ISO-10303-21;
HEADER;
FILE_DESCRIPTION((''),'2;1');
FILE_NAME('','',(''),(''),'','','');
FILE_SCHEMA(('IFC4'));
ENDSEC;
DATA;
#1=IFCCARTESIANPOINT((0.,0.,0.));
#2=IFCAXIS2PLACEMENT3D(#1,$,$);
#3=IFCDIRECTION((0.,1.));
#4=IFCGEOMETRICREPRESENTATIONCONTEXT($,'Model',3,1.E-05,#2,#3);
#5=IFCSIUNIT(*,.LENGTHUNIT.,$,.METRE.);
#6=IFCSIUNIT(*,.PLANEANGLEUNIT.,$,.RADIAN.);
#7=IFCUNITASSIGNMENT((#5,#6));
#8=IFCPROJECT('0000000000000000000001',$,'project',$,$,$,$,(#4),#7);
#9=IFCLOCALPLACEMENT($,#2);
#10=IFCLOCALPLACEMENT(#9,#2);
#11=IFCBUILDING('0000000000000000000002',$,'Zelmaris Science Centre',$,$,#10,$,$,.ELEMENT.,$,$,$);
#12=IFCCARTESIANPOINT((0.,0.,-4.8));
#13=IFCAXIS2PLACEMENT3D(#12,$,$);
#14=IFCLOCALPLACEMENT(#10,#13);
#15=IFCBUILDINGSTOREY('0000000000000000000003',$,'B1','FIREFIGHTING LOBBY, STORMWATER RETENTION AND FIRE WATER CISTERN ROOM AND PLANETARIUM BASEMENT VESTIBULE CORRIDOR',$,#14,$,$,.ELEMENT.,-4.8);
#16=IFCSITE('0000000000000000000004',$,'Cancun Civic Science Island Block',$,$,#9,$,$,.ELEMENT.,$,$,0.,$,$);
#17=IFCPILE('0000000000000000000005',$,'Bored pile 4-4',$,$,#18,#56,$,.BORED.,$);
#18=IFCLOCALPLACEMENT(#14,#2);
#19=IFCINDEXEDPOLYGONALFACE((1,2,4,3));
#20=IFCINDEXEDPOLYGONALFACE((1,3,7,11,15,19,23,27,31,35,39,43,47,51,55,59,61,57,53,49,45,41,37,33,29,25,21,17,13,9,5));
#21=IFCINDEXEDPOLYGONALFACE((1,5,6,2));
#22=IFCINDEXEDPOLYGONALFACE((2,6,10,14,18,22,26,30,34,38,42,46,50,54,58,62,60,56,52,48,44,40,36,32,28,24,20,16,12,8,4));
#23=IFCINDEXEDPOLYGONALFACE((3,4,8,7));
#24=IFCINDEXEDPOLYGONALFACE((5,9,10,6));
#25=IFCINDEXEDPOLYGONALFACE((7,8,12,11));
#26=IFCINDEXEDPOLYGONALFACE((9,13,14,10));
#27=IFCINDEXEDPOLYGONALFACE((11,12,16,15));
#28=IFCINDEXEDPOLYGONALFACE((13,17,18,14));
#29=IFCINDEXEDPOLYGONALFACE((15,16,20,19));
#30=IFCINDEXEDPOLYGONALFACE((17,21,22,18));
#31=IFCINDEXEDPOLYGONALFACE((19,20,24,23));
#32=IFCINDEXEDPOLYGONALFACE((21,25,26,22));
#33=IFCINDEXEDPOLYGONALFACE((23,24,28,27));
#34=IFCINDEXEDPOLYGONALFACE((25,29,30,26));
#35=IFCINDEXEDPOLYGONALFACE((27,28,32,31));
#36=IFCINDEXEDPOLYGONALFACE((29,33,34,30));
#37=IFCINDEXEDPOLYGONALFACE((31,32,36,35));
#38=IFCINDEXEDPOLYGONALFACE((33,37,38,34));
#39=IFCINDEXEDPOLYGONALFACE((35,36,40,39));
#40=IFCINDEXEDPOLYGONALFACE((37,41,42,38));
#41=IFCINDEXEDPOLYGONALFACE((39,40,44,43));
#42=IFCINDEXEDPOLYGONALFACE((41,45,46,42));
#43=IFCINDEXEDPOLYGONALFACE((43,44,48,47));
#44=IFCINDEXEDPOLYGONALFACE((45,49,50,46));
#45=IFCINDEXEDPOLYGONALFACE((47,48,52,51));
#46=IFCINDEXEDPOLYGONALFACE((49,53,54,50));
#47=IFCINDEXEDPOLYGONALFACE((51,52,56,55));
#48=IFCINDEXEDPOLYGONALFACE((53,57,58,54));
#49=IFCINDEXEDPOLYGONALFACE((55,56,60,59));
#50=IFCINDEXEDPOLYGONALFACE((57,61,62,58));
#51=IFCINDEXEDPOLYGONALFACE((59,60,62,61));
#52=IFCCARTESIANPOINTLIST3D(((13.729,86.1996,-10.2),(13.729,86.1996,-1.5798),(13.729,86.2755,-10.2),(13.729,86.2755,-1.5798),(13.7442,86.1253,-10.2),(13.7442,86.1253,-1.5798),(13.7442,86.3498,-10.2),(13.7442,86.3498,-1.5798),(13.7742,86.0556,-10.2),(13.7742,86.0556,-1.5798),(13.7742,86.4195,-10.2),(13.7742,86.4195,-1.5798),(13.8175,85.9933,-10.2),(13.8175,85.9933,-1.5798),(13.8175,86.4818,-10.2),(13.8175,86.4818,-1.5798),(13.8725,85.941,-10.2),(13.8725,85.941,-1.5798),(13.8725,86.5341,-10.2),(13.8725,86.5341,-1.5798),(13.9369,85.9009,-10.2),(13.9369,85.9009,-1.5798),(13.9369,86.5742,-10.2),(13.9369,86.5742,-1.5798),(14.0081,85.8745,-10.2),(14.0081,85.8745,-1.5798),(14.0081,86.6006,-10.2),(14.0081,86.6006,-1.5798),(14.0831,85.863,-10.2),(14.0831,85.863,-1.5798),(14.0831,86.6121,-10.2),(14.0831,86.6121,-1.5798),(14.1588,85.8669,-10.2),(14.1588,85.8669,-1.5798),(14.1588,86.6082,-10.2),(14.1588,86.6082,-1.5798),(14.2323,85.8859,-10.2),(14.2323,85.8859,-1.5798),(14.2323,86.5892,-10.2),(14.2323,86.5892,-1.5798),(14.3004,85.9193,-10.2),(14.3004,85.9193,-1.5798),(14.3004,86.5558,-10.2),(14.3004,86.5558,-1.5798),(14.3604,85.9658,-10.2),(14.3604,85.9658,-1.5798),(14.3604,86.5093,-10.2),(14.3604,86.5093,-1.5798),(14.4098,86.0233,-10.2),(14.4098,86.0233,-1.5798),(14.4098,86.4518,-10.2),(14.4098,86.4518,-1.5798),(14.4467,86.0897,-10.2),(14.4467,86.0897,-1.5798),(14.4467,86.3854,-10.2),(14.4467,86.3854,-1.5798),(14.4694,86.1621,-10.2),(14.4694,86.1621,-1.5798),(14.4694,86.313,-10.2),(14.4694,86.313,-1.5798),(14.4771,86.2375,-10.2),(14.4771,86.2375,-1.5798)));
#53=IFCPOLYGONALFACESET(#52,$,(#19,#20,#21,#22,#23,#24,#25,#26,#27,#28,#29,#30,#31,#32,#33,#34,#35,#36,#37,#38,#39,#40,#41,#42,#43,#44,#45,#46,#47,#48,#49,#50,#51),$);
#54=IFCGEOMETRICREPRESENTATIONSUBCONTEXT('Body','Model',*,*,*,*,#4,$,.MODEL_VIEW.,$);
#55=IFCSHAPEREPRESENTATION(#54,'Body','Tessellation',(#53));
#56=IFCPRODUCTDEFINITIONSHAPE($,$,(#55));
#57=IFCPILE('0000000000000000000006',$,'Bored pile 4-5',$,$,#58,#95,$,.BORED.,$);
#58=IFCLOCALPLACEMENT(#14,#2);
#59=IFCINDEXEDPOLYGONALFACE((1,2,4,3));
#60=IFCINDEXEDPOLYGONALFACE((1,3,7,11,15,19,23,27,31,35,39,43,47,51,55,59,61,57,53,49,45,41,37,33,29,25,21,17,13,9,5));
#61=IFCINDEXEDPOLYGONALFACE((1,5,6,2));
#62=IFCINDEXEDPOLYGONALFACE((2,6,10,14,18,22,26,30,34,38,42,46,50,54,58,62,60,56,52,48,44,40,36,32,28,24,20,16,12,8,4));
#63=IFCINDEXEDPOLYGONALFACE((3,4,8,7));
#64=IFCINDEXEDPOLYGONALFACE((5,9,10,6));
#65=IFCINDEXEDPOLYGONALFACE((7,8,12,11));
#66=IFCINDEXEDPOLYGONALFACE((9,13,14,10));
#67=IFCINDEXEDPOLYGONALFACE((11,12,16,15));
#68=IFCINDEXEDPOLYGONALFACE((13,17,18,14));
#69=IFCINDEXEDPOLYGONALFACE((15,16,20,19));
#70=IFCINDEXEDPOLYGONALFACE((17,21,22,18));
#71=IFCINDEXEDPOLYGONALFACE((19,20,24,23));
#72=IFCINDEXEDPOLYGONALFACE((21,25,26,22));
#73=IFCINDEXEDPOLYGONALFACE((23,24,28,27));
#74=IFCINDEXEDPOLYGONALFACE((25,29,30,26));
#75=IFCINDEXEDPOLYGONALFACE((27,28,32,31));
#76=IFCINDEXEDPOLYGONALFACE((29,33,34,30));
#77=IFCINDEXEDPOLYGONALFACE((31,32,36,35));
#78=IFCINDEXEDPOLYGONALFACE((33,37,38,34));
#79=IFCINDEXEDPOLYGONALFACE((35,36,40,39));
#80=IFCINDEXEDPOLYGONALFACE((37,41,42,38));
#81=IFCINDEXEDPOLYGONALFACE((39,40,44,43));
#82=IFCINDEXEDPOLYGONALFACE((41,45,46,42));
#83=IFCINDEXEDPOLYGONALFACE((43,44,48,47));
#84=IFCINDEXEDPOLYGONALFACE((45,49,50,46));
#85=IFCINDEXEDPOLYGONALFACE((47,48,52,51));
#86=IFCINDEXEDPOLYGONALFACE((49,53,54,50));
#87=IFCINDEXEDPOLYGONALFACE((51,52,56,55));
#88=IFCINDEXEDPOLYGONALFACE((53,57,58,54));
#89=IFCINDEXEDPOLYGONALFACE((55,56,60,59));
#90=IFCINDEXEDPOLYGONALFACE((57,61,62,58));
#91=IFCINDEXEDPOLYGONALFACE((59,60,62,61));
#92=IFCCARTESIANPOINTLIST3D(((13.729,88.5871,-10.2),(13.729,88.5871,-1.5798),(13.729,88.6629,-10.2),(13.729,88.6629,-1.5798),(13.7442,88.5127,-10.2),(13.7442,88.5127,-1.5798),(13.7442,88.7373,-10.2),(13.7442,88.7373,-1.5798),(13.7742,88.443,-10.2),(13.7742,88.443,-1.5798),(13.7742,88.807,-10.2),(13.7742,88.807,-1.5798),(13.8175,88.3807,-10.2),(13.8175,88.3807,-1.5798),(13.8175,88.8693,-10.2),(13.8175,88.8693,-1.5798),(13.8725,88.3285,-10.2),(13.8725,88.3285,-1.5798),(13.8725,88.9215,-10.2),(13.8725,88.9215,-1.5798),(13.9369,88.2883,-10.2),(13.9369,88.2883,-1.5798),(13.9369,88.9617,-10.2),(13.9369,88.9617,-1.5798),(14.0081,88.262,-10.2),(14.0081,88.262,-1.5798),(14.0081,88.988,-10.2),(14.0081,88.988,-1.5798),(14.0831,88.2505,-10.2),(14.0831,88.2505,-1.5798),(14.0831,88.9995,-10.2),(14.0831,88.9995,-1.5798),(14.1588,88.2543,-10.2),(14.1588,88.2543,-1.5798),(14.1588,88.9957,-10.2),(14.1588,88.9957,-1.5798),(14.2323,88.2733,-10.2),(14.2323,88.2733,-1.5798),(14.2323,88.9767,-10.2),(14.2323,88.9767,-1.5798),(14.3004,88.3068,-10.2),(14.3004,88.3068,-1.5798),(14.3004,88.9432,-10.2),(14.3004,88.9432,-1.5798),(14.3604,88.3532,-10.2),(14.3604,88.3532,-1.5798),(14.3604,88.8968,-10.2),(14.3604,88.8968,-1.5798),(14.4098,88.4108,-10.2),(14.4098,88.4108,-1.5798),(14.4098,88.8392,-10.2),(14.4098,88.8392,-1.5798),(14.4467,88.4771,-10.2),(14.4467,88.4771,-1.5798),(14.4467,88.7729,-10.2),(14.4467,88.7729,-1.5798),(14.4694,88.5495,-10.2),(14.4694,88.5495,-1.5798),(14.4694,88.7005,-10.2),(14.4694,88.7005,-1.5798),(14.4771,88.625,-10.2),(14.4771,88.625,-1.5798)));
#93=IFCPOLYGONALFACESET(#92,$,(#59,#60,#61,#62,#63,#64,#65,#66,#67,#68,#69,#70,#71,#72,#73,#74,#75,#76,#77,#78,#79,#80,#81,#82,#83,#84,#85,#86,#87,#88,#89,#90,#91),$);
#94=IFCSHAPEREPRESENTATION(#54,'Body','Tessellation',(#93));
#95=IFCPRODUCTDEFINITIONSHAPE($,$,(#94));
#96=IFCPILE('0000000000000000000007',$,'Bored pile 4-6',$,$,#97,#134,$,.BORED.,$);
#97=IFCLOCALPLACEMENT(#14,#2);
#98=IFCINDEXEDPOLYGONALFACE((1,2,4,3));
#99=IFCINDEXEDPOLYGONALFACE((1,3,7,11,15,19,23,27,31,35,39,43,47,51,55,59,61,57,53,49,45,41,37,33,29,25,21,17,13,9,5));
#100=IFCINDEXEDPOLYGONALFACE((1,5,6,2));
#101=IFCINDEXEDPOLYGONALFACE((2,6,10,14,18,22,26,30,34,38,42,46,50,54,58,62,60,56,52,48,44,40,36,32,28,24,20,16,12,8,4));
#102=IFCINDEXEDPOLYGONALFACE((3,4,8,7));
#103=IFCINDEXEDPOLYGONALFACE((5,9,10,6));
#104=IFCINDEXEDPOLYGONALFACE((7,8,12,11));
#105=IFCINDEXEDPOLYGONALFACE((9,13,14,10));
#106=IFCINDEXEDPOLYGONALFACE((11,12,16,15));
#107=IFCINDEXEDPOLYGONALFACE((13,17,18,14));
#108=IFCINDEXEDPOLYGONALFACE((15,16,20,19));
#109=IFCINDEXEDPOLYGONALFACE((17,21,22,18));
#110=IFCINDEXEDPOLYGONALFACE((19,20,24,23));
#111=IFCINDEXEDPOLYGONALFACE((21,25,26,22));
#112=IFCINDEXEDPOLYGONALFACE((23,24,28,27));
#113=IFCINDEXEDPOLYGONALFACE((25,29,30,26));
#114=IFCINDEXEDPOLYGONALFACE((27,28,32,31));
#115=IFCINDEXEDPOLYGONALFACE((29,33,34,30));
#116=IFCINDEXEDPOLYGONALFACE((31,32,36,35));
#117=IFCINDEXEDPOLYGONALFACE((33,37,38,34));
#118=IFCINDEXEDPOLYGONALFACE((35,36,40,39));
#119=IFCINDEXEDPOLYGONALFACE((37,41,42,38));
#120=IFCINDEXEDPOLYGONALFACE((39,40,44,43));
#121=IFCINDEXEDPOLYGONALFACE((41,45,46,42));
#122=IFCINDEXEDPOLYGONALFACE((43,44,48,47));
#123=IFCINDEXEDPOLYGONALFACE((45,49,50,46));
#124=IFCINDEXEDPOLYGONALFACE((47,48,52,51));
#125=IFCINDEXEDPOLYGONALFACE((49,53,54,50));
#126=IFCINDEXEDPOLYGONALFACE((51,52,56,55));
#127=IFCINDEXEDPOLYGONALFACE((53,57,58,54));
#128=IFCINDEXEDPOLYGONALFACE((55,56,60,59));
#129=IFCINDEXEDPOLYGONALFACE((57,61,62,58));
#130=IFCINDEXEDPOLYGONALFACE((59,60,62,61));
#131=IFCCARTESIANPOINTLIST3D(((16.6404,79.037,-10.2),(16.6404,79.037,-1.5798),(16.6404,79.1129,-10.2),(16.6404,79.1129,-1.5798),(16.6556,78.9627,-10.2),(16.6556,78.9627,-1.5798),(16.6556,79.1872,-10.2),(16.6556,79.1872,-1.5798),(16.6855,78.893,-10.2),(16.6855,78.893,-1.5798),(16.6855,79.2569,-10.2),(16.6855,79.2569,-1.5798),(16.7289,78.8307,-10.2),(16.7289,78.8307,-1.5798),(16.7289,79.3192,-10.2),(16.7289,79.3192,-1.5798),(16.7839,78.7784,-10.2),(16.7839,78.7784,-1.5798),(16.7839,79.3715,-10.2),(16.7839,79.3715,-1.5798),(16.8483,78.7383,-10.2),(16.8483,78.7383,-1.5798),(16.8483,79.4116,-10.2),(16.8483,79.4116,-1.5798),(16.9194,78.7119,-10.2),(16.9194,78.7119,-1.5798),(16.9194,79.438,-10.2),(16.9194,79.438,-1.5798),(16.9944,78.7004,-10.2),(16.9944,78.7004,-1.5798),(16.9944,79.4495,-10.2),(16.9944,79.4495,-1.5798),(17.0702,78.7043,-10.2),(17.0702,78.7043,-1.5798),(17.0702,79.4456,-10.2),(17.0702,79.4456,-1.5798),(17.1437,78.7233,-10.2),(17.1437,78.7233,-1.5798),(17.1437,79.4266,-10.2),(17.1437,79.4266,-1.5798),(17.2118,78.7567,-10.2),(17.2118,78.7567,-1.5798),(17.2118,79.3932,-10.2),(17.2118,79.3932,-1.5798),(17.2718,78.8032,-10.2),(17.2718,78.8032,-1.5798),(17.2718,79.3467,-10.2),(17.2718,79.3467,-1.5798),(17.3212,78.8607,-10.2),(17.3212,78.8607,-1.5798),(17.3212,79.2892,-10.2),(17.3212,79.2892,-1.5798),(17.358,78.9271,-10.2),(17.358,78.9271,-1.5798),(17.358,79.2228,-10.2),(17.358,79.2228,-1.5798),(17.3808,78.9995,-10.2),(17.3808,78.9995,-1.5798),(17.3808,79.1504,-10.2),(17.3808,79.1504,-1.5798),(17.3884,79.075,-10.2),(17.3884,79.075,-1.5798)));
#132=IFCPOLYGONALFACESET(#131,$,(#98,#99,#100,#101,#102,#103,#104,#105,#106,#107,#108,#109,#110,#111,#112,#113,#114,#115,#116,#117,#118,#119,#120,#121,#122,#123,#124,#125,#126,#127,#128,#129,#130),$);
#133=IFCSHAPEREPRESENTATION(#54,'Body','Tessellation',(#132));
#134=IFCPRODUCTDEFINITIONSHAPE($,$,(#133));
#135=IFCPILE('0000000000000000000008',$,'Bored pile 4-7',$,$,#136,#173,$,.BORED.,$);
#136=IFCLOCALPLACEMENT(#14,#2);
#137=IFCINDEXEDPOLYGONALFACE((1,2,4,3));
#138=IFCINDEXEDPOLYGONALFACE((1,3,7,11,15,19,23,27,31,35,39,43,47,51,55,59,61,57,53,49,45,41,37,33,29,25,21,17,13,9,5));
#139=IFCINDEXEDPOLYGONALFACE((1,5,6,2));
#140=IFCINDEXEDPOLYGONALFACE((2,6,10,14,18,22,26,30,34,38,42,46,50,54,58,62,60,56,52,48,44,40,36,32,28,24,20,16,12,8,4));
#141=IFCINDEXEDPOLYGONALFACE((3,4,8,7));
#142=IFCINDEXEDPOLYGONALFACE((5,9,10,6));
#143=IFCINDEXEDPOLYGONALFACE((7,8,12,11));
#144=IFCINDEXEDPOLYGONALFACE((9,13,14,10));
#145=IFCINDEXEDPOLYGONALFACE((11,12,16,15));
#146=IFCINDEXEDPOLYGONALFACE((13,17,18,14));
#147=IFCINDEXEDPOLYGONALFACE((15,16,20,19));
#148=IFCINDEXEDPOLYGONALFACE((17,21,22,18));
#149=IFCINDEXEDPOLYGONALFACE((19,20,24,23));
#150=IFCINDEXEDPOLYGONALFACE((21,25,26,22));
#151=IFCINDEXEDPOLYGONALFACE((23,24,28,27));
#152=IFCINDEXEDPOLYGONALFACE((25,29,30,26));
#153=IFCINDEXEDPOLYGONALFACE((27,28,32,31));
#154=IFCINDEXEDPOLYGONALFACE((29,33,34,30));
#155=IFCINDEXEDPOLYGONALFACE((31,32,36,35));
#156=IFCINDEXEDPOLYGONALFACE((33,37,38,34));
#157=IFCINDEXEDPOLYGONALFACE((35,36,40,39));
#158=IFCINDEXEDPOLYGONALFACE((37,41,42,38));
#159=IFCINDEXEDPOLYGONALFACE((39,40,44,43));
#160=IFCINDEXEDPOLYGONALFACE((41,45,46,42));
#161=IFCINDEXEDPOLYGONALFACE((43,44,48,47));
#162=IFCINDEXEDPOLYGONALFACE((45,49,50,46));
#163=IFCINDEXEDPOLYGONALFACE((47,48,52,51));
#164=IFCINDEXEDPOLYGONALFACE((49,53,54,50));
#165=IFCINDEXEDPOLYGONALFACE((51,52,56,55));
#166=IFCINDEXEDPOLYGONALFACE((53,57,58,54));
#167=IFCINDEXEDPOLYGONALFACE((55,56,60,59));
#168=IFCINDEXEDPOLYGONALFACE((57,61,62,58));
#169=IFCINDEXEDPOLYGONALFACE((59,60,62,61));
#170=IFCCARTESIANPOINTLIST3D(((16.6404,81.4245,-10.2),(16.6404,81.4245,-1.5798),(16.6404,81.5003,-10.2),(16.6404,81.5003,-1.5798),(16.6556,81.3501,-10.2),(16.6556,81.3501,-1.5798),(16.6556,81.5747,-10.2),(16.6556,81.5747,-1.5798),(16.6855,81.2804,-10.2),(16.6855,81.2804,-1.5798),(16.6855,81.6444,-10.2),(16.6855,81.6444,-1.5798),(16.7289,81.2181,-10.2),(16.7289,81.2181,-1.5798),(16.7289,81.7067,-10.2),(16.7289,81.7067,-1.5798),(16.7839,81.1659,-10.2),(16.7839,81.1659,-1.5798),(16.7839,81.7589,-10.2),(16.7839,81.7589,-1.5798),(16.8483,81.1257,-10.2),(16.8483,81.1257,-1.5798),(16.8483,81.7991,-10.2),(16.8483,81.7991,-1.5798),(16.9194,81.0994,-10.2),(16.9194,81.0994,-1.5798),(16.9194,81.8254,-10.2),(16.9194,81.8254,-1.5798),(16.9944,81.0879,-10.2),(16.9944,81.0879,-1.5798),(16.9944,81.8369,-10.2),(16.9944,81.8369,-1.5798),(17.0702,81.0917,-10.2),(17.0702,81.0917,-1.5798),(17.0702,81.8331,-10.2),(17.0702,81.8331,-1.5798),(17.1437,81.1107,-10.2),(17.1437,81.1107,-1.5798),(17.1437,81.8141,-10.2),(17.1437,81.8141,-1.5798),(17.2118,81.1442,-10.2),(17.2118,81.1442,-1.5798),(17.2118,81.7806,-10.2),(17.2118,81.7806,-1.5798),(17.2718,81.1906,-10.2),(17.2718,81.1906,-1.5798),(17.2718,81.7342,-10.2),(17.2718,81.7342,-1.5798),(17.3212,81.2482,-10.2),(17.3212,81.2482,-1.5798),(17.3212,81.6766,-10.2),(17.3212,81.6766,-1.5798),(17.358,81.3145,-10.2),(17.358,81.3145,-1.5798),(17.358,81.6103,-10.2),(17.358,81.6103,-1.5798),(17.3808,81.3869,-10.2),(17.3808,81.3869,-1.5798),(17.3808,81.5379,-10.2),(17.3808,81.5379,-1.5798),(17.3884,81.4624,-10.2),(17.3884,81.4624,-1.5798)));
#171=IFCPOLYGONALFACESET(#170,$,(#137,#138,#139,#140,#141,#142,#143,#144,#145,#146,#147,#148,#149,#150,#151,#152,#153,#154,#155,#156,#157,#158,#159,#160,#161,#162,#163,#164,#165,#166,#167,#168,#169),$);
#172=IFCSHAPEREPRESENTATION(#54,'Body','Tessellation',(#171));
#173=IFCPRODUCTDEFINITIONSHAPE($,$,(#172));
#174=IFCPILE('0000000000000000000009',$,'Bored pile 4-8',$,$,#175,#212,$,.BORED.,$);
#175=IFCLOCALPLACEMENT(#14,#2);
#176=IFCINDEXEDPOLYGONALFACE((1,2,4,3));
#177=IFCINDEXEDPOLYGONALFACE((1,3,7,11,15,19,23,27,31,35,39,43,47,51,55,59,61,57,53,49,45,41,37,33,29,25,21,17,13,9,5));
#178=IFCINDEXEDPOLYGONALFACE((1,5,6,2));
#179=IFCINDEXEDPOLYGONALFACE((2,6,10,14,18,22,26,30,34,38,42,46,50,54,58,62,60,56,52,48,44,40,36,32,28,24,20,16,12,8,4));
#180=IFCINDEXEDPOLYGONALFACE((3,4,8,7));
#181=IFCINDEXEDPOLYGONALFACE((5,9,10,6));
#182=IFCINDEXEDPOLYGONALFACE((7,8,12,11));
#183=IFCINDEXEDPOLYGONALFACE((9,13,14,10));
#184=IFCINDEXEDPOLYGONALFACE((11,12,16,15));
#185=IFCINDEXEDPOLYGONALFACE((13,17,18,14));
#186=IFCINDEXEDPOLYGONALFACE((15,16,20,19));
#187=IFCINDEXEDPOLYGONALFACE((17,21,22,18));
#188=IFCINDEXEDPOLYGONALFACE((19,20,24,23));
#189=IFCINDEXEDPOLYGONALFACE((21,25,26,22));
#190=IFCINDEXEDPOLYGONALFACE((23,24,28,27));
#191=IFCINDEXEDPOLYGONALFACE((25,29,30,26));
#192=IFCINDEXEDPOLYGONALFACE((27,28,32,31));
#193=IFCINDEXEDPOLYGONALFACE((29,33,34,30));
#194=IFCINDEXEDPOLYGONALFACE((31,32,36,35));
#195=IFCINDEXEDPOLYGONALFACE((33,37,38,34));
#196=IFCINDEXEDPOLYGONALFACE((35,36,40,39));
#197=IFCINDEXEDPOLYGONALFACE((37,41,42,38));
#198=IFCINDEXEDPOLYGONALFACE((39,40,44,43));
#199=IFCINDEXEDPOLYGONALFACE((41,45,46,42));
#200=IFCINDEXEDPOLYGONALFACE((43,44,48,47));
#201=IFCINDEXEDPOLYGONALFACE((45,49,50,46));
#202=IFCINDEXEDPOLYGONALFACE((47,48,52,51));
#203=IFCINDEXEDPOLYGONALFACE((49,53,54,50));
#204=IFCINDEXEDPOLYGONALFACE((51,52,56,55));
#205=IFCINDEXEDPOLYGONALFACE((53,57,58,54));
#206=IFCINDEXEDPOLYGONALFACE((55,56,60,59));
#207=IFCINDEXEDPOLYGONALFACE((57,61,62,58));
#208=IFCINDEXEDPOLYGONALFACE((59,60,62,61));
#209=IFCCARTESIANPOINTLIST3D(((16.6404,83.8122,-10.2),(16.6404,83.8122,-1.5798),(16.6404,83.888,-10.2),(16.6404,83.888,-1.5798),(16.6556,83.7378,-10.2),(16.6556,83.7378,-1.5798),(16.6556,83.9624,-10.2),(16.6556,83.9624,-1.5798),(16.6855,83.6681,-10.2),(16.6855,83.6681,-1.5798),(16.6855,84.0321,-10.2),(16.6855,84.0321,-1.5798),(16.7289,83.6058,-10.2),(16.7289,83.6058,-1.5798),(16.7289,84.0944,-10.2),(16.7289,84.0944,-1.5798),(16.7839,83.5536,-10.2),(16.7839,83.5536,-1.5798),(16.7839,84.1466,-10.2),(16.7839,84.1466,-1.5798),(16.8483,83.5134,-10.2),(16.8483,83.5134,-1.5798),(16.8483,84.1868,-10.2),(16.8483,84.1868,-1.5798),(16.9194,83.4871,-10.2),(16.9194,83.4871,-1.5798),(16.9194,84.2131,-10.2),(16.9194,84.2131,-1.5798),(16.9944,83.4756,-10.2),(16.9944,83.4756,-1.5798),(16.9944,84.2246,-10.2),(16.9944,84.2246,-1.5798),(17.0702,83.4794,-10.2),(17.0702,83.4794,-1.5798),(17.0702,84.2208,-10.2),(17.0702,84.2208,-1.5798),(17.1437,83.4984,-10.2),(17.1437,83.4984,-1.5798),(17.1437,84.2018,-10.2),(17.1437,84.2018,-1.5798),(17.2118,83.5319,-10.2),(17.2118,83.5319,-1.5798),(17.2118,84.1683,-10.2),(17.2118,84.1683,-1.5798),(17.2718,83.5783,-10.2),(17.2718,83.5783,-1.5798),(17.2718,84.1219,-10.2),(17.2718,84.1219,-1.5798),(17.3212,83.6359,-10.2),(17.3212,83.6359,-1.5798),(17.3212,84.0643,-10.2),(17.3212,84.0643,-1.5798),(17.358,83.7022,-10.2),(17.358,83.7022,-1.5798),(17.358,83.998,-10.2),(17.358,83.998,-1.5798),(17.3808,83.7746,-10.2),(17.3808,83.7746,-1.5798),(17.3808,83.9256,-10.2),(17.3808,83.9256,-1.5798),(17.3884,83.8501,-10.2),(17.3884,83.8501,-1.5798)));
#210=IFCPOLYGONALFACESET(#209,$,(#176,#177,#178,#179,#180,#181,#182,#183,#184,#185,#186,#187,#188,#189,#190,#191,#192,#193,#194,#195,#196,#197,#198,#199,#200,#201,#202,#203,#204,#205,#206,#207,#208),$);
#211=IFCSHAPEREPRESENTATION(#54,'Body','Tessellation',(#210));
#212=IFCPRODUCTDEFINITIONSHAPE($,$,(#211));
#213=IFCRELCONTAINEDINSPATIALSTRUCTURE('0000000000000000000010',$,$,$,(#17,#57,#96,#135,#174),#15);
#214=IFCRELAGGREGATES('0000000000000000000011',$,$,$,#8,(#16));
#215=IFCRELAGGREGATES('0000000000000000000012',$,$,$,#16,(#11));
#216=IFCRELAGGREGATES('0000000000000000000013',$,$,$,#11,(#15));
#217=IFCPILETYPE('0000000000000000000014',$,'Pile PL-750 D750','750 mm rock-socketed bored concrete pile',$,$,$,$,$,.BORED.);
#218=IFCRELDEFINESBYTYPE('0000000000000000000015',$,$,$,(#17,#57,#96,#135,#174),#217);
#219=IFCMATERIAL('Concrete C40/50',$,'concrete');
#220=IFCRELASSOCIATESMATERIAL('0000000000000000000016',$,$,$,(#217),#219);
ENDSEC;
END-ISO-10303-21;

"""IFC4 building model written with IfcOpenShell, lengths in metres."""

from ifc_helpers import new_model, si_unit, direction, frame, origin, origin_2d, place, context, subcontext, project, spatial, circle, extrude, material, material_profile, profile_set, type_object, element, save


model = new_model("IFC4")

# Units and contexts
model_context = context("Model", 3, precision=1e-05, world=origin(), true_north=direction((0.0, 1.0)))
body_context = subcontext(model_context, "Body", "Model", "MODEL_VIEW")
ifc_project = project(units=[si_unit("LENGTHUNIT", "METRE"), si_unit("PLANEANGLEUNIT", "RADIAN")], contexts=[model_context])

# Site, building, storey
site_placement = place(None, origin())
site = spatial("IfcSite", under=ifc_project, at=site_placement, Name="Cancun Civic Science Island Block", CompositionType="ELEMENT", RefElevation=0.0)
building_placement = place(site_placement, origin())
building = spatial("IfcBuilding", under=site, at=building_placement, Name="Zelmaris Science Centre", CompositionType="ELEMENT")
storey_placement = place(building_placement, frame((0.0, 0.0, -4.8)))
storey = spatial("IfcBuildingStorey", under=building, at=storey_placement, Name="B1", Description="FIREFIGHTING LOBBY, STORMWATER RETENTION AND FIRE WATER CISTERN ROOM AND PLANETARIUM BASEMENT VESTIBULE CORRIDOR", CompositionType="ELEMENT", Elevation=-4.8)

# Shared definitions
ifc_material_1 = material(Name="Concrete C40/50", Category="concrete")

# Piles
ifc_material_profile_1 = material_profile(ifc_material_1, circle(Radius=0.375, at=origin_2d()), Name="PILE-750")
ifc_profile_set_1 = profile_set([ifc_material_profile_1], Name="Concrete C40/50")
pile_type_1 = type_object("IfcPileType", Name="Pile PL-750 D750", Description="750 mm rock-socketed bored concrete pile", PredefinedType="BORED", material=ifc_profile_set_1)
for number, where, z_axis, x_axis, name in (
    (1, (14.1021, 86.2375, -1.5798), (0.0, 0.0, -1.0), (1.0, 0.0, 0.0), "Bored pile 4-4"),
    (2, (14.1021, 88.625, -1.5798), (0.0, 0.0, -1.0), (1.0, 0.0, 0.0), "Bored pile 4-5"),
    (3, (17.0134, 79.075, -1.5798), (0.0, 0.0, -1.0), (1.0, 0.0, 0.0), "Bored pile 4-6"),
    (4, (17.0134, 81.4624, -1.5798), (0.0, 0.0, -1.0), (1.0, 0.0, 0.0), "Bored pile 4-7"),
    (5, (17.0134, 83.8501, -1.5798), (0.0, 0.0, -1.0), (1.0, 0.0, 0.0), "Bored pile 4-8"),
):
    element("IfcPile", number, at=place(storey_placement, frame(where, z_axis=z_axis, x_axis=x_axis)), inside=storey, type_object=pile_type_1, Name=name, PredefinedType="BORED", context=body_context, shape_type="SweptSolid", body=[
        extrude(circle(Radius=0.375, at=origin_2d()), origin(), (0.0, 0.0, 1.0), 8.6201),
    ])

save(model, "model.ifc")
